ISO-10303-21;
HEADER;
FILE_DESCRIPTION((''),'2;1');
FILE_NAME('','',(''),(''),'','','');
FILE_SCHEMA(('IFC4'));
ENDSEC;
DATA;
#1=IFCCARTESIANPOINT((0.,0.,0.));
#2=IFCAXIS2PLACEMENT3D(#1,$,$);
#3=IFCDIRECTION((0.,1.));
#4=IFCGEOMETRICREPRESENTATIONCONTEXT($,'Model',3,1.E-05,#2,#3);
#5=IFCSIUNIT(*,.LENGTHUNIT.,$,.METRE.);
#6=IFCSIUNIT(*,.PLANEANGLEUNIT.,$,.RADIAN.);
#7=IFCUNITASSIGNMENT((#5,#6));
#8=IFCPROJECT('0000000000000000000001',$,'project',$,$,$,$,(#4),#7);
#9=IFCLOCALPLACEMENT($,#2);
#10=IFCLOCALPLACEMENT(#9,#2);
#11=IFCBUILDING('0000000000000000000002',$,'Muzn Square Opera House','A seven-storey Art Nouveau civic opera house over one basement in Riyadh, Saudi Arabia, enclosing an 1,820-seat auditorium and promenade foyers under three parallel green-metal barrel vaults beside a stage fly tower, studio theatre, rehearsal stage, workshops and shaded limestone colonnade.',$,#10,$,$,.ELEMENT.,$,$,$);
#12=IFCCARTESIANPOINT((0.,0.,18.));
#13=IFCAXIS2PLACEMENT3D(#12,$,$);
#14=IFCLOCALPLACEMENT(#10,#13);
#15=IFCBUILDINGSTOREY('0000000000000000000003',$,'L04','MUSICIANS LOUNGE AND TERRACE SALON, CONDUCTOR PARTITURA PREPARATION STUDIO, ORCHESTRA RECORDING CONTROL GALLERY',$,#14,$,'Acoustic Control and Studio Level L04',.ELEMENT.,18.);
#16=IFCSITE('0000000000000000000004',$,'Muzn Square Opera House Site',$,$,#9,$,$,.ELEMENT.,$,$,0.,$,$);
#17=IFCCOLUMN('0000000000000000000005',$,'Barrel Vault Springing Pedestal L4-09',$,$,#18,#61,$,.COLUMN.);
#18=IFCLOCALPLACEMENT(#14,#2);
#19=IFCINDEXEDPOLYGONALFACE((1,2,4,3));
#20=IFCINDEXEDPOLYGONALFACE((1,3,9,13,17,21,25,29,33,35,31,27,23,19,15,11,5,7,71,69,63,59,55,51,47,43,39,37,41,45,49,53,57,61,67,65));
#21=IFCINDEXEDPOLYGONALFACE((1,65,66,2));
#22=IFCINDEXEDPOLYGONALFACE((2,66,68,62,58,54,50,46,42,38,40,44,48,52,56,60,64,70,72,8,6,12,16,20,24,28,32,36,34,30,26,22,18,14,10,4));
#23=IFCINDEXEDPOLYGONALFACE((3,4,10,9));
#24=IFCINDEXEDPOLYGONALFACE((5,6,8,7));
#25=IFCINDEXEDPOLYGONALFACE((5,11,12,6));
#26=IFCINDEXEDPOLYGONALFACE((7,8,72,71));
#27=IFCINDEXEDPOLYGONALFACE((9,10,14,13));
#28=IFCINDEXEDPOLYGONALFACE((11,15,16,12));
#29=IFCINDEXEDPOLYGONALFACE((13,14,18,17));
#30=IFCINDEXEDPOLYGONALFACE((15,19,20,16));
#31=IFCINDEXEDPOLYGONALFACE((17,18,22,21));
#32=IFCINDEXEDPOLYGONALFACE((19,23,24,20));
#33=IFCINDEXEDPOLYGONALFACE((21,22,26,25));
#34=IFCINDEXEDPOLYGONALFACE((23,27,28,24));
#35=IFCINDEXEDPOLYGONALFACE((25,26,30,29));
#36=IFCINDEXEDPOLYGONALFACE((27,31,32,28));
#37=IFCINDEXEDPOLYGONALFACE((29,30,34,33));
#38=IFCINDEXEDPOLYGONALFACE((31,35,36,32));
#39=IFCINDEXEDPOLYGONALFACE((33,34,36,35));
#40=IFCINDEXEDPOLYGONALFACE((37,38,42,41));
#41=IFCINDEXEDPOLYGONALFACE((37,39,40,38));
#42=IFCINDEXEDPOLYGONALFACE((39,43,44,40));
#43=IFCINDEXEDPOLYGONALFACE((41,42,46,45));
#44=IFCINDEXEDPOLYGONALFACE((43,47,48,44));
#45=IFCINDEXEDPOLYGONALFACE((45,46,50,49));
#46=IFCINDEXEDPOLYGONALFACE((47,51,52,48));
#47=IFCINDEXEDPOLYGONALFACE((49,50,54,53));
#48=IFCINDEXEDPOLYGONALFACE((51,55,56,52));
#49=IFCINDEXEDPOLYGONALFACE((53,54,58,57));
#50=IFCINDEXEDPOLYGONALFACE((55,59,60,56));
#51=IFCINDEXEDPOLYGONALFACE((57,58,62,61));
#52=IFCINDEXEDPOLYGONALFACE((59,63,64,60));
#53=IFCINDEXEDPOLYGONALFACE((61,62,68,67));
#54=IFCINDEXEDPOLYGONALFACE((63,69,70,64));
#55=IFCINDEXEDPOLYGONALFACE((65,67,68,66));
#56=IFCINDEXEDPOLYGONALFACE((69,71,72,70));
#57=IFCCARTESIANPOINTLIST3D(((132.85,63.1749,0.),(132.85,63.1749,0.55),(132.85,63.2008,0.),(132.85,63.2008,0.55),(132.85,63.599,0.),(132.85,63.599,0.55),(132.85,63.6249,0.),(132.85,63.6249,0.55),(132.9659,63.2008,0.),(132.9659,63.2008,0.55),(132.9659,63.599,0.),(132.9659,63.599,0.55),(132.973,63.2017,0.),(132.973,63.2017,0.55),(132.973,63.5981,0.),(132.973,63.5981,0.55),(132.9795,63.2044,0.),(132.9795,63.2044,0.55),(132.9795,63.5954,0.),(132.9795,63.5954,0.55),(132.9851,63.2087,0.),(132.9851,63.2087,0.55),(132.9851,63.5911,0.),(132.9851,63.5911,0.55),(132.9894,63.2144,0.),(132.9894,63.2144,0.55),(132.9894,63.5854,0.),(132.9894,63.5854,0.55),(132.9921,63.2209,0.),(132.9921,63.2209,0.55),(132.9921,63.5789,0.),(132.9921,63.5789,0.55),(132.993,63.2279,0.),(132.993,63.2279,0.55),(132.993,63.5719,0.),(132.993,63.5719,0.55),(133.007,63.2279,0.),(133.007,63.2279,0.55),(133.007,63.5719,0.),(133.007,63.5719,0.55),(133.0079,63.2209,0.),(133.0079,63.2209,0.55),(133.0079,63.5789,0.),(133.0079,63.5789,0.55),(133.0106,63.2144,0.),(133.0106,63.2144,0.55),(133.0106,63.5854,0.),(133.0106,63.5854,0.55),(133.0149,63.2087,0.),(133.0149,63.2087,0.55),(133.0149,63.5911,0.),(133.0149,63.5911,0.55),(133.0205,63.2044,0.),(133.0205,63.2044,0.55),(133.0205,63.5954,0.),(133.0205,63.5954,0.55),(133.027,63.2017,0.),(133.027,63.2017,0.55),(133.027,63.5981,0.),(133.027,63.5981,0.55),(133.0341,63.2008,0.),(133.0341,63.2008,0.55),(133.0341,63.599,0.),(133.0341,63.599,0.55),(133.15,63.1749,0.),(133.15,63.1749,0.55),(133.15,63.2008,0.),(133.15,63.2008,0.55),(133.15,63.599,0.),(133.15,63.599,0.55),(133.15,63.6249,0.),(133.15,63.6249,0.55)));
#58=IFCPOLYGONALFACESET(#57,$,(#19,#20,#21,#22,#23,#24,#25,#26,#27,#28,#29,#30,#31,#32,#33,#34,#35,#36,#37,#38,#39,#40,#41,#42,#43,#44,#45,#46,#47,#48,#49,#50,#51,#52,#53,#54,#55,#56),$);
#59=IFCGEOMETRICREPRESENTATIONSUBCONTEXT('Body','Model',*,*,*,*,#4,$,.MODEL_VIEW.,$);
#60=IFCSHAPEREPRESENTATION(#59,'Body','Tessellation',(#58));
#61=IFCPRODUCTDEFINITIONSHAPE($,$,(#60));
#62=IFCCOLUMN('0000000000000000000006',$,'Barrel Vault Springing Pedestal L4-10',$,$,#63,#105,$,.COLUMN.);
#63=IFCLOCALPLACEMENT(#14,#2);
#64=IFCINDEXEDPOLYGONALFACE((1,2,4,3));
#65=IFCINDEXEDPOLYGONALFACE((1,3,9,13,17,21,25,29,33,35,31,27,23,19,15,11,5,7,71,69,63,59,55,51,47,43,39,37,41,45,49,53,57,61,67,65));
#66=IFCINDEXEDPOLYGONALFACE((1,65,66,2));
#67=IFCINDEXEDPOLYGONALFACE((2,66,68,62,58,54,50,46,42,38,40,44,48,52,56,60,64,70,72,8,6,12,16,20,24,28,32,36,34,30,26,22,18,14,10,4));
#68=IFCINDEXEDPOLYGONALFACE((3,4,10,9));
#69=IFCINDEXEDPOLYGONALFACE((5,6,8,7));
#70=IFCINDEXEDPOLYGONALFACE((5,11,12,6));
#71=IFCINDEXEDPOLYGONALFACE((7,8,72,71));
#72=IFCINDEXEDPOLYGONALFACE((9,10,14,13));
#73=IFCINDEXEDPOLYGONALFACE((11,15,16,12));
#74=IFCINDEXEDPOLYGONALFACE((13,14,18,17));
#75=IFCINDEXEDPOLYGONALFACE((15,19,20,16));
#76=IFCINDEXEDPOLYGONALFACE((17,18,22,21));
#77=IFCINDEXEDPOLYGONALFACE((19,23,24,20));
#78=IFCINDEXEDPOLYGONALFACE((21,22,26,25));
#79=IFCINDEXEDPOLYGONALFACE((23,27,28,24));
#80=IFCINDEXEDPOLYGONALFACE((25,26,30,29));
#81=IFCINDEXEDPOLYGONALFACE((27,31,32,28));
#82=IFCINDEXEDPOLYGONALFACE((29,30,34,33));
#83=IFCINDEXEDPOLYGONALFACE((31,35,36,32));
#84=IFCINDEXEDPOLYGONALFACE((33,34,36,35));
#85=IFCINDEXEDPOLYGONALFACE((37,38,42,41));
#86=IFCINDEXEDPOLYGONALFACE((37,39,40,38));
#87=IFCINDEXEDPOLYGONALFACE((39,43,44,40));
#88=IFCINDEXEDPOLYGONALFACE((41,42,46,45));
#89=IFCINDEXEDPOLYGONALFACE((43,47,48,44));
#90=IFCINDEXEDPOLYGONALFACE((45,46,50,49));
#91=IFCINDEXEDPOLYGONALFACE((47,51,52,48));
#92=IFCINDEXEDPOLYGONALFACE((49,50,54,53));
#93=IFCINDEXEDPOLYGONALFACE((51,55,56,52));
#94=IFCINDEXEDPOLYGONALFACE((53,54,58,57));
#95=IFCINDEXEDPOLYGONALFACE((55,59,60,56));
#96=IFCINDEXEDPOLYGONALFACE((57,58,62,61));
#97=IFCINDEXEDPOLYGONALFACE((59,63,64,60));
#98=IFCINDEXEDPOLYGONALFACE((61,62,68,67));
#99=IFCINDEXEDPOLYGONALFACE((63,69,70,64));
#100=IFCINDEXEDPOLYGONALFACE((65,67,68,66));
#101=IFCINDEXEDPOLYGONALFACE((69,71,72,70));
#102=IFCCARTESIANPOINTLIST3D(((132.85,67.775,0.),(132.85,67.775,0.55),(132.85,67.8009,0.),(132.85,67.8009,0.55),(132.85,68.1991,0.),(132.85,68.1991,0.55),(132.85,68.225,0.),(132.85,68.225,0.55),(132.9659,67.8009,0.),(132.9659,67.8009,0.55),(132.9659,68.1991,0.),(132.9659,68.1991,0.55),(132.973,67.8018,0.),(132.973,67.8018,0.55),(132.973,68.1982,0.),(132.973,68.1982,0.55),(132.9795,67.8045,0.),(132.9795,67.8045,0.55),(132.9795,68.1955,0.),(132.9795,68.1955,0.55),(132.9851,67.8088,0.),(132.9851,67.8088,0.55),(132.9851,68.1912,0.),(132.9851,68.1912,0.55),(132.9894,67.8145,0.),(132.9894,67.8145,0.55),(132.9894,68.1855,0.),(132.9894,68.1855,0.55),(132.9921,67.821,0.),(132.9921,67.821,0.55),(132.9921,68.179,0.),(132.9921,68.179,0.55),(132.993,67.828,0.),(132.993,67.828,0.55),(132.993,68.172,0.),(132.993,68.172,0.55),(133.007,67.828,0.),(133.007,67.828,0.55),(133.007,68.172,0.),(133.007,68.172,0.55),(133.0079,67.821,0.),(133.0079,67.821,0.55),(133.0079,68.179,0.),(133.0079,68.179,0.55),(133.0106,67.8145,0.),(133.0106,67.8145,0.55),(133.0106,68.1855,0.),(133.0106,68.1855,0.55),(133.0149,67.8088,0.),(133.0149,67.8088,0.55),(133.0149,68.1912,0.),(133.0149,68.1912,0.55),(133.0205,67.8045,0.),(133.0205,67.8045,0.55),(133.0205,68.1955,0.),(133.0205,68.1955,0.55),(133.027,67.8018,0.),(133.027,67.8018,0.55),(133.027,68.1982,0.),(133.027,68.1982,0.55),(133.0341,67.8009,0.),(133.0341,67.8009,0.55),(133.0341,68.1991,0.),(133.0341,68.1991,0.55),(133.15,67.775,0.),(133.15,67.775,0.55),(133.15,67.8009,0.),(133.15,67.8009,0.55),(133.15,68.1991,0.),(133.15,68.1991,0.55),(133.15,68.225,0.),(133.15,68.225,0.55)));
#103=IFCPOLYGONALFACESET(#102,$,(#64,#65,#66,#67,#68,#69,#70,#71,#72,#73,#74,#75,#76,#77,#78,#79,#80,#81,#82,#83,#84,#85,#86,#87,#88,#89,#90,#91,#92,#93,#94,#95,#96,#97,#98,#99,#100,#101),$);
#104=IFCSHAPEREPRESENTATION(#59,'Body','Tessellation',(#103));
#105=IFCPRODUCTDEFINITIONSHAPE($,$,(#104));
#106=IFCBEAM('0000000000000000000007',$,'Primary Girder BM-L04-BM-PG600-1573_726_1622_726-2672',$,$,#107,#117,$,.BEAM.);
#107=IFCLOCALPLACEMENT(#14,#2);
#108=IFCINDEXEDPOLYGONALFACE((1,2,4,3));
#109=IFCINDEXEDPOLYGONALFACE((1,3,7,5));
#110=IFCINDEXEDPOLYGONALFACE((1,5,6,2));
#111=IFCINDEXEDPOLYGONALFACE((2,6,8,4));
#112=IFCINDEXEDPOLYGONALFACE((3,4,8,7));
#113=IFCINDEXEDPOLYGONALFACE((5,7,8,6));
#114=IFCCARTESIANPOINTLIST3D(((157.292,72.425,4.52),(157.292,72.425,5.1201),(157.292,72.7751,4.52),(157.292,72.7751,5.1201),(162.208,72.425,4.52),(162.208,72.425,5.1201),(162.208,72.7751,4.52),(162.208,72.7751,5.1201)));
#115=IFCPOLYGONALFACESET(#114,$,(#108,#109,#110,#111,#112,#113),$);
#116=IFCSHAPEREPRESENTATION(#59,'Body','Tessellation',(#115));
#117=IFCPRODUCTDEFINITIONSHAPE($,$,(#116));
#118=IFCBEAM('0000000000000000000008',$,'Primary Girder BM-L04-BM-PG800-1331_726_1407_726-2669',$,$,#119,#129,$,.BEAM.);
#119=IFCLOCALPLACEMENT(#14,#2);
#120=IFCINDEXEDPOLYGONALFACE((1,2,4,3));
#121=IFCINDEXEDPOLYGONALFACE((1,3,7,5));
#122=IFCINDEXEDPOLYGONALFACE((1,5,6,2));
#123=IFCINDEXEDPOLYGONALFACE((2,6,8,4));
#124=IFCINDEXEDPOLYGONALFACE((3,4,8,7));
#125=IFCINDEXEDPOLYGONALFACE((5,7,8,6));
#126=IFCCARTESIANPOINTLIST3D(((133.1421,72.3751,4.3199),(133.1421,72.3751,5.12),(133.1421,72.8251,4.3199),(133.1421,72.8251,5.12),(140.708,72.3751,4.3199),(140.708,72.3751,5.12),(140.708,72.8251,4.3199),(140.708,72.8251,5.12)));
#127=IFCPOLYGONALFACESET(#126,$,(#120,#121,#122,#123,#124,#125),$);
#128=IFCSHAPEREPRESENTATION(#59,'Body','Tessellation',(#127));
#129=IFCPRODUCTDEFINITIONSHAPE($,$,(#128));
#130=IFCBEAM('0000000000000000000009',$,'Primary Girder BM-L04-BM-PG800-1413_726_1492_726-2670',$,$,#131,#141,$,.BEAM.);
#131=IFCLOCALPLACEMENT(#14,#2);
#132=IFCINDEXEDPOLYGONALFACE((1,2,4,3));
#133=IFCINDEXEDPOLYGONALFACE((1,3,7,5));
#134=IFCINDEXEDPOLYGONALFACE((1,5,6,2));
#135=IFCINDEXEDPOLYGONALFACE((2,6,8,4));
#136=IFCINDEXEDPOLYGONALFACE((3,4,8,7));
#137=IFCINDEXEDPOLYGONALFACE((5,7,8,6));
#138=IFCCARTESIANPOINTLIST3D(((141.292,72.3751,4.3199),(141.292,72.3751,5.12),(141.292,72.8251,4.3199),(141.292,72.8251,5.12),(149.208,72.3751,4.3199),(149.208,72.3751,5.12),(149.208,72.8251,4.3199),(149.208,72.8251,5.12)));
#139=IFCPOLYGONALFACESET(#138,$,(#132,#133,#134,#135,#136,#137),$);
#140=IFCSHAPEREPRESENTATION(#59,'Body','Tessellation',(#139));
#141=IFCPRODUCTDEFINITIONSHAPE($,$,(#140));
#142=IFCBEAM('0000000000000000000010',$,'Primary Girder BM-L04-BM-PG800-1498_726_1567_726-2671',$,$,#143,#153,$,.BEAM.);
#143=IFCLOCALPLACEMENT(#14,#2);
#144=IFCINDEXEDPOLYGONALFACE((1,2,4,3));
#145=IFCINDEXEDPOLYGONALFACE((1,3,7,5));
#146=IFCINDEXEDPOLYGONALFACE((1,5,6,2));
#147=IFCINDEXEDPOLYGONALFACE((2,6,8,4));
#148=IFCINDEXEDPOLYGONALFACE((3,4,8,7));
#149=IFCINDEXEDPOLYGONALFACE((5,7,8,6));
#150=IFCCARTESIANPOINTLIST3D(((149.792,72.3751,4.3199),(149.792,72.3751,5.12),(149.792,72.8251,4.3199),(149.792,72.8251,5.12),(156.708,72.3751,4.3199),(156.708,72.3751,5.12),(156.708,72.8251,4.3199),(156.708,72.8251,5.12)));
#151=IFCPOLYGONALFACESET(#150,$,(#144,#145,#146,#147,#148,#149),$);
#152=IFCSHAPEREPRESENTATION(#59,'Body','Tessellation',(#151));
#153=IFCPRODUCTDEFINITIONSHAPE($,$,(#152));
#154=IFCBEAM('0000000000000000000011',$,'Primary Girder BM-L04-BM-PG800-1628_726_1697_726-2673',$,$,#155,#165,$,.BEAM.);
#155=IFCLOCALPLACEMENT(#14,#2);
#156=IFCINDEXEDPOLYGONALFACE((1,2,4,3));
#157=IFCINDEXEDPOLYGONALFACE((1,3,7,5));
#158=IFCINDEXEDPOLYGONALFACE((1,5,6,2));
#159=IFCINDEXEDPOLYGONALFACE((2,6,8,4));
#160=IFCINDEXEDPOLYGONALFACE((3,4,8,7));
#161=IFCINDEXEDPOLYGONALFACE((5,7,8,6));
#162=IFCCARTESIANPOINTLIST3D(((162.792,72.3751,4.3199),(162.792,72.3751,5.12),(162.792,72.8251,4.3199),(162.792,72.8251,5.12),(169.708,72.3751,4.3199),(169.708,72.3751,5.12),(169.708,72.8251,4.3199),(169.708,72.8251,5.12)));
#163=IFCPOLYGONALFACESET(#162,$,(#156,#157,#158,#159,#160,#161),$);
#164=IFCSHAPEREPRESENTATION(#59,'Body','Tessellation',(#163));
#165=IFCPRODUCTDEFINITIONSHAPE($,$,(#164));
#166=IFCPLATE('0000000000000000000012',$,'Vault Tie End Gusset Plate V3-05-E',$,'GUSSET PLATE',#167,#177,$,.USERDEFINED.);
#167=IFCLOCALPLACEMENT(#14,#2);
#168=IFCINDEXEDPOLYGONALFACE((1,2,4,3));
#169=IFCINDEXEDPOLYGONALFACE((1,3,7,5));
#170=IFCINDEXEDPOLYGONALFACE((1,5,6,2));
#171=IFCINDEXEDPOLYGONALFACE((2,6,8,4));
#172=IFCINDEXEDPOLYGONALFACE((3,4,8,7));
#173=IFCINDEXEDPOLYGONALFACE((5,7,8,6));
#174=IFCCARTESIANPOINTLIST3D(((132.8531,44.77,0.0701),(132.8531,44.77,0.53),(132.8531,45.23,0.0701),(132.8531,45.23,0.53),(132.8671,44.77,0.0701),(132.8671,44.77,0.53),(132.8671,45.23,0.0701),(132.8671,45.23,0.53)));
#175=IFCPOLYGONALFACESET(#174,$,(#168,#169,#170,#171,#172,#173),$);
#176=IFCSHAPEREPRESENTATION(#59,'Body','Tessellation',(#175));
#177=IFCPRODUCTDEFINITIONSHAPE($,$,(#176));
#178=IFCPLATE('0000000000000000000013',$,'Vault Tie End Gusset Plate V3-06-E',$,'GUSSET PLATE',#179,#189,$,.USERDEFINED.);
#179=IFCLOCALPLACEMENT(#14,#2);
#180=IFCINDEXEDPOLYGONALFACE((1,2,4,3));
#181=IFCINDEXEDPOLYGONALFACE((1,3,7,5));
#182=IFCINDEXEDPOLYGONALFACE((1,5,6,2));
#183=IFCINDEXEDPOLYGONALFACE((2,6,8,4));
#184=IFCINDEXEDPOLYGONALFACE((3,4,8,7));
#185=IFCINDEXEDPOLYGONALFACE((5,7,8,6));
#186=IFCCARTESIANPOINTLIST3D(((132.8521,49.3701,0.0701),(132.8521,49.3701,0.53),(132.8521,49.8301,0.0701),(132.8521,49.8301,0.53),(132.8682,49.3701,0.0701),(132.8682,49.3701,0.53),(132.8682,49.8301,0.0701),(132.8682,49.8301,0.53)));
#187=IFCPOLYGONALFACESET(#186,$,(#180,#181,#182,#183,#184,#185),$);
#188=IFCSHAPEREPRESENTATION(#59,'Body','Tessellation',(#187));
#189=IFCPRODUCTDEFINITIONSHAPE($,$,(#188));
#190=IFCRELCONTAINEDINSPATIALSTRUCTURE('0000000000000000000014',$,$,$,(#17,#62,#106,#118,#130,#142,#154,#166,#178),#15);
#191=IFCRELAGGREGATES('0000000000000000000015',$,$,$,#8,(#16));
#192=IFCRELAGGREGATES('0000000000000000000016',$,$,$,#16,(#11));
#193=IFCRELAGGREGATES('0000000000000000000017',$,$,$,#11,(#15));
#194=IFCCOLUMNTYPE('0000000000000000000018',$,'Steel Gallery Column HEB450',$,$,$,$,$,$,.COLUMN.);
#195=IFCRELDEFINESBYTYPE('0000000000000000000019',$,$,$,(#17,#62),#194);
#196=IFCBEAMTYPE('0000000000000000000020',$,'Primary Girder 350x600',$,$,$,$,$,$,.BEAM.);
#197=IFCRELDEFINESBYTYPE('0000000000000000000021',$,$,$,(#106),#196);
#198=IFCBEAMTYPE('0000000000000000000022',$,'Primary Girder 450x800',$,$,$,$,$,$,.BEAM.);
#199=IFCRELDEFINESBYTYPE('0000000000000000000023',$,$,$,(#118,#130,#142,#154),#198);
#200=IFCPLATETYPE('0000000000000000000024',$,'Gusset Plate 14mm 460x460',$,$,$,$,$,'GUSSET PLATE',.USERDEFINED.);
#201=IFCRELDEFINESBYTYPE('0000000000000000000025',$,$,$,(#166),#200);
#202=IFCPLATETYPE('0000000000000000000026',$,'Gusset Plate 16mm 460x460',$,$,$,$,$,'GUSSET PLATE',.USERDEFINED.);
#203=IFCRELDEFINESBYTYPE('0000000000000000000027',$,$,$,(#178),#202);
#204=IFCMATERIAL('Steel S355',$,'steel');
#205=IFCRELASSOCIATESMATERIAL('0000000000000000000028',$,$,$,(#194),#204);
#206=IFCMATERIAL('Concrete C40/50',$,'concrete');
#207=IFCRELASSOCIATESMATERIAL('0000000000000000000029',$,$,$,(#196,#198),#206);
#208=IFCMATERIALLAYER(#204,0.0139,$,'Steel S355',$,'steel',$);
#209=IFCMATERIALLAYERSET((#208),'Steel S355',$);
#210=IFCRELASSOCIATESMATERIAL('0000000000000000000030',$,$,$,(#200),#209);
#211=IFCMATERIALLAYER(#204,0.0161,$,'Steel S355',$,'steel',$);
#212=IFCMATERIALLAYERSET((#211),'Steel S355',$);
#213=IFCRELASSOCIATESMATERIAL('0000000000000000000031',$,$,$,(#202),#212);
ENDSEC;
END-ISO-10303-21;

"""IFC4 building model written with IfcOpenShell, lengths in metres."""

from ifc_helpers import new_model, si_unit, direction, frame, origin, origin_2d, place, context, subcontext, project, spatial, rectangle, i_section, extrude, material, layer, layer_set, material_profile, profile_set, type_object, element, save


model = new_model("IFC4")

# Units and contexts
model_context = context("Model", 3, precision=1e-05, world=origin(), true_north=direction((0.0, 1.0)))
body_context = subcontext(model_context, "Body", "Model", "MODEL_VIEW")
ifc_project = project(units=[si_unit("LENGTHUNIT", "METRE"), si_unit("PLANEANGLEUNIT", "RADIAN")], contexts=[model_context])

# Site, building, storey
site_placement = place(None, origin())
site = spatial("IfcSite", under=ifc_project, at=site_placement, Name="Muzn Square Opera House Site", CompositionType="ELEMENT", RefElevation=0.0)
building_placement = place(site_placement, origin())
building = spatial("IfcBuilding", under=site, at=building_placement, Name="Muzn Square Opera House", Description="A seven-storey Art Nouveau civic opera house over one basement in Riyadh, Saudi Arabia, enclosing an 1,820-seat auditorium and promenade foyers under three parallel green-metal barrel vaults beside a stage fly tower, studio theatre, rehearsal stage, workshops and shaded limestone colonnade.", CompositionType="ELEMENT")
storey_placement = place(building_placement, frame((0.0, 0.0, 18.0)))
storey = spatial("IfcBuildingStorey", under=building, at=storey_placement, Name="L04", Description="MUSICIANS LOUNGE AND TERRACE SALON, CONDUCTOR PARTITURA PREPARATION STUDIO, ORCHESTRA RECORDING CONTROL GALLERY", LongName="Acoustic Control and Studio Level L04", CompositionType="ELEMENT", Elevation=18.0)

# Columns
ifc_material_1 = material(Name="Steel S355", Category="steel")
ifc_material_profile_1 = material_profile(ifc_material_1, i_section(OverallWidth=0.3, OverallDepth=0.45, WebThickness=0.0139, FlangeThickness=0.0259, FilletRadius=0.0271, at=origin_2d()), Name="HEB 450", Category="steel")
ifc_profile_set_1 = profile_set([ifc_material_profile_1], Name="Steel S355")
column_type_1 = type_object("IfcColumnType", Name="Steel Gallery Column HEB450", PredefinedType="COLUMN", material=ifc_profile_set_1)
for number, where, z_axis, x_axis, name in (
    (1, (133.0, 63.3999, 0.0), (0.0, 0.0, 1.0), (1.0, 0.0, 0.0), "Barrel Vault Springing Pedestal L4-09"),
    (2, (133.0, 68.0, 0.0), (0.0, 0.0, 1.0), (1.0, 0.0, 0.0), "Barrel Vault Springing Pedestal L4-10"),
):
    element("IfcColumn", number, at=place(storey_placement, frame(where, z_axis=z_axis, x_axis=x_axis)), inside=storey, type_object=column_type_1, Name=name, PredefinedType="COLUMN", context=body_context, shape_type="SweptSolid", body=[
        extrude(i_section(OverallWidth=0.3, OverallDepth=0.45, WebThickness=0.0139, FlangeThickness=0.0259, FilletRadius=0.0271, at=origin_2d()), origin(), (0.0, 0.0, 1.0), 0.55),
    ])

# Beams
ifc_material_2 = material(Name="Concrete C40/50", Category="concrete")
ifc_material_profile_2 = material_profile(ifc_material_2, rectangle(XDim=0.3501, YDim=0.6001, at=origin_2d()), Name="RCB 350x600", Category="concrete")
ifc_profile_set_2 = profile_set([ifc_material_profile_2], Name="Concrete C40/50")
beam_type_1 = type_object("IfcBeamType", Name="Primary Girder 350x600", PredefinedType="BEAM", material=ifc_profile_set_2)
beam_1_placement = place(storey_placement, frame((157.292, 72.6001, 4.8201), z_axis=(1.0, 0.0, 0.0), x_axis=(0.0, 1.0, 0.0)))
element("IfcBeam", 3, at=beam_1_placement, inside=storey, type_object=beam_type_1, Name="Primary Girder BM-L04-BM-PG600-1573_726_1622_726-2672", PredefinedType="BEAM", context=body_context, shape_type="SweptSolid", body=[
    extrude(rectangle(XDim=0.3501, YDim=0.6001, at=origin_2d()), origin(), (0.0, 0.0, 1.0), 4.916),
])
ifc_material_profile_3 = material_profile(ifc_material_2, rectangle(XDim=0.45, YDim=0.8, at=origin_2d()), Name="RCB 450x800", Category="concrete")
ifc_profile_set_3 = profile_set([ifc_material_profile_3], Name="Concrete C40/50")
beam_type_2 = type_object("IfcBeamType", Name="Primary Girder 450x800", PredefinedType="BEAM", material=ifc_profile_set_3)
beam_2_placement = place(storey_placement, frame((133.1421, 72.6001, 4.72), z_axis=(1.0, 0.0, 0.0), x_axis=(0.0, 1.0, 0.0)))
element("IfcBeam", 4, at=beam_2_placement, inside=storey, type_object=beam_type_2, Name="Primary Girder BM-L04-BM-PG800-1331_726_1407_726-2669", PredefinedType="BEAM", context=body_context, shape_type="SweptSolid", body=[
    extrude(rectangle(XDim=0.45, YDim=0.8, at=origin_2d()), origin(), (0.0, 0.0, 1.0), 7.5659),
])
beam_3_placement = place(storey_placement, frame((141.292, 72.6001, 4.72), z_axis=(1.0, 0.0, 0.0), x_axis=(0.0, 1.0, 0.0)))
element("IfcBeam", 5, at=beam_3_placement, inside=storey, type_object=beam_type_2, Name="Primary Girder BM-L04-BM-PG800-1413_726_1492_726-2670", PredefinedType="BEAM", context=body_context, shape_type="SweptSolid", body=[
    extrude(rectangle(XDim=0.45, YDim=0.8, at=origin_2d()), origin(), (0.0, 0.0, 1.0), 7.916),
])
for number, where, z_axis, x_axis, name in (
    (6, (149.792, 72.6001, 4.72), (1.0, 0.0, 0.0), (0.0, 1.0, 0.0), "Primary Girder BM-L04-BM-PG800-1498_726_1567_726-2671"),
    (7, (162.792, 72.6001, 4.72), (1.0, 0.0, 0.0), (0.0, 1.0, 0.0), "Primary Girder BM-L04-BM-PG800-1628_726_1697_726-2673"),
):
    element("IfcBeam", number, at=place(storey_placement, frame(where, z_axis=z_axis, x_axis=x_axis)), inside=storey, type_object=beam_type_2, Name=name, PredefinedType="BEAM", context=body_context, shape_type="SweptSolid", body=[
        extrude(rectangle(XDim=0.45, YDim=0.8, at=origin_2d()), origin(), (0.0, 0.0, 1.0), 6.916),
    ])

# Plates
ifc_layer_1 = layer(ifc_material_1, 0.0139, Name="Steel S355", Category="steel")
ifc_layer_set_1 = layer_set([ifc_layer_1], Name="Steel S355")
plate_type_1 = type_object("IfcPlateType", Name="Gusset Plate 14mm 460x460", ElementType="GUSSET PLATE", PredefinedType="USERDEFINED", material=ifc_layer_set_1)
plate_1_placement = place(storey_placement, frame((132.8601, 45.0, 0.0701), z_axis=(0.0, 0.0, 1.0), x_axis=(1.0, 0.0, 0.0)))
element("IfcPlate", 8, at=plate_1_placement, inside=storey, type_object=plate_type_1, Name="Vault Tie End Gusset Plate V3-05-E", ObjectType="GUSSET PLATE", PredefinedType="USERDEFINED", context=body_context, shape_type="SweptSolid", body=[
    extrude(rectangle(XDim=0.0139, YDim=0.46, at=origin_2d()), origin(), (0.0, 0.0, 1.0), 0.46),
])
ifc_layer_2 = layer(ifc_material_1, 0.0161, Name="Steel S355", Category="steel")
ifc_layer_set_2 = layer_set([ifc_layer_2], Name="Steel S355")
plate_type_2 = type_object("IfcPlateType", Name="Gusset Plate 16mm 460x460", ElementType="GUSSET PLATE", PredefinedType="USERDEFINED", material=ifc_layer_set_2)
plate_2_placement = place(storey_placement, frame((132.8601, 49.6001, 0.0701), z_axis=(0.0, 0.0, 1.0), x_axis=(1.0, 0.0, 0.0)))
element("IfcPlate", 9, at=plate_2_placement, inside=storey, type_object=plate_type_2, Name="Vault Tie End Gusset Plate V3-06-E", ObjectType="GUSSET PLATE", PredefinedType="USERDEFINED", context=body_context, shape_type="SweptSolid", body=[
    extrude(rectangle(XDim=0.0161, YDim=0.46, at=origin_2d()), origin(), (0.0, 0.0, 1.0), 0.46),
])

save(model, "model.ifc")
